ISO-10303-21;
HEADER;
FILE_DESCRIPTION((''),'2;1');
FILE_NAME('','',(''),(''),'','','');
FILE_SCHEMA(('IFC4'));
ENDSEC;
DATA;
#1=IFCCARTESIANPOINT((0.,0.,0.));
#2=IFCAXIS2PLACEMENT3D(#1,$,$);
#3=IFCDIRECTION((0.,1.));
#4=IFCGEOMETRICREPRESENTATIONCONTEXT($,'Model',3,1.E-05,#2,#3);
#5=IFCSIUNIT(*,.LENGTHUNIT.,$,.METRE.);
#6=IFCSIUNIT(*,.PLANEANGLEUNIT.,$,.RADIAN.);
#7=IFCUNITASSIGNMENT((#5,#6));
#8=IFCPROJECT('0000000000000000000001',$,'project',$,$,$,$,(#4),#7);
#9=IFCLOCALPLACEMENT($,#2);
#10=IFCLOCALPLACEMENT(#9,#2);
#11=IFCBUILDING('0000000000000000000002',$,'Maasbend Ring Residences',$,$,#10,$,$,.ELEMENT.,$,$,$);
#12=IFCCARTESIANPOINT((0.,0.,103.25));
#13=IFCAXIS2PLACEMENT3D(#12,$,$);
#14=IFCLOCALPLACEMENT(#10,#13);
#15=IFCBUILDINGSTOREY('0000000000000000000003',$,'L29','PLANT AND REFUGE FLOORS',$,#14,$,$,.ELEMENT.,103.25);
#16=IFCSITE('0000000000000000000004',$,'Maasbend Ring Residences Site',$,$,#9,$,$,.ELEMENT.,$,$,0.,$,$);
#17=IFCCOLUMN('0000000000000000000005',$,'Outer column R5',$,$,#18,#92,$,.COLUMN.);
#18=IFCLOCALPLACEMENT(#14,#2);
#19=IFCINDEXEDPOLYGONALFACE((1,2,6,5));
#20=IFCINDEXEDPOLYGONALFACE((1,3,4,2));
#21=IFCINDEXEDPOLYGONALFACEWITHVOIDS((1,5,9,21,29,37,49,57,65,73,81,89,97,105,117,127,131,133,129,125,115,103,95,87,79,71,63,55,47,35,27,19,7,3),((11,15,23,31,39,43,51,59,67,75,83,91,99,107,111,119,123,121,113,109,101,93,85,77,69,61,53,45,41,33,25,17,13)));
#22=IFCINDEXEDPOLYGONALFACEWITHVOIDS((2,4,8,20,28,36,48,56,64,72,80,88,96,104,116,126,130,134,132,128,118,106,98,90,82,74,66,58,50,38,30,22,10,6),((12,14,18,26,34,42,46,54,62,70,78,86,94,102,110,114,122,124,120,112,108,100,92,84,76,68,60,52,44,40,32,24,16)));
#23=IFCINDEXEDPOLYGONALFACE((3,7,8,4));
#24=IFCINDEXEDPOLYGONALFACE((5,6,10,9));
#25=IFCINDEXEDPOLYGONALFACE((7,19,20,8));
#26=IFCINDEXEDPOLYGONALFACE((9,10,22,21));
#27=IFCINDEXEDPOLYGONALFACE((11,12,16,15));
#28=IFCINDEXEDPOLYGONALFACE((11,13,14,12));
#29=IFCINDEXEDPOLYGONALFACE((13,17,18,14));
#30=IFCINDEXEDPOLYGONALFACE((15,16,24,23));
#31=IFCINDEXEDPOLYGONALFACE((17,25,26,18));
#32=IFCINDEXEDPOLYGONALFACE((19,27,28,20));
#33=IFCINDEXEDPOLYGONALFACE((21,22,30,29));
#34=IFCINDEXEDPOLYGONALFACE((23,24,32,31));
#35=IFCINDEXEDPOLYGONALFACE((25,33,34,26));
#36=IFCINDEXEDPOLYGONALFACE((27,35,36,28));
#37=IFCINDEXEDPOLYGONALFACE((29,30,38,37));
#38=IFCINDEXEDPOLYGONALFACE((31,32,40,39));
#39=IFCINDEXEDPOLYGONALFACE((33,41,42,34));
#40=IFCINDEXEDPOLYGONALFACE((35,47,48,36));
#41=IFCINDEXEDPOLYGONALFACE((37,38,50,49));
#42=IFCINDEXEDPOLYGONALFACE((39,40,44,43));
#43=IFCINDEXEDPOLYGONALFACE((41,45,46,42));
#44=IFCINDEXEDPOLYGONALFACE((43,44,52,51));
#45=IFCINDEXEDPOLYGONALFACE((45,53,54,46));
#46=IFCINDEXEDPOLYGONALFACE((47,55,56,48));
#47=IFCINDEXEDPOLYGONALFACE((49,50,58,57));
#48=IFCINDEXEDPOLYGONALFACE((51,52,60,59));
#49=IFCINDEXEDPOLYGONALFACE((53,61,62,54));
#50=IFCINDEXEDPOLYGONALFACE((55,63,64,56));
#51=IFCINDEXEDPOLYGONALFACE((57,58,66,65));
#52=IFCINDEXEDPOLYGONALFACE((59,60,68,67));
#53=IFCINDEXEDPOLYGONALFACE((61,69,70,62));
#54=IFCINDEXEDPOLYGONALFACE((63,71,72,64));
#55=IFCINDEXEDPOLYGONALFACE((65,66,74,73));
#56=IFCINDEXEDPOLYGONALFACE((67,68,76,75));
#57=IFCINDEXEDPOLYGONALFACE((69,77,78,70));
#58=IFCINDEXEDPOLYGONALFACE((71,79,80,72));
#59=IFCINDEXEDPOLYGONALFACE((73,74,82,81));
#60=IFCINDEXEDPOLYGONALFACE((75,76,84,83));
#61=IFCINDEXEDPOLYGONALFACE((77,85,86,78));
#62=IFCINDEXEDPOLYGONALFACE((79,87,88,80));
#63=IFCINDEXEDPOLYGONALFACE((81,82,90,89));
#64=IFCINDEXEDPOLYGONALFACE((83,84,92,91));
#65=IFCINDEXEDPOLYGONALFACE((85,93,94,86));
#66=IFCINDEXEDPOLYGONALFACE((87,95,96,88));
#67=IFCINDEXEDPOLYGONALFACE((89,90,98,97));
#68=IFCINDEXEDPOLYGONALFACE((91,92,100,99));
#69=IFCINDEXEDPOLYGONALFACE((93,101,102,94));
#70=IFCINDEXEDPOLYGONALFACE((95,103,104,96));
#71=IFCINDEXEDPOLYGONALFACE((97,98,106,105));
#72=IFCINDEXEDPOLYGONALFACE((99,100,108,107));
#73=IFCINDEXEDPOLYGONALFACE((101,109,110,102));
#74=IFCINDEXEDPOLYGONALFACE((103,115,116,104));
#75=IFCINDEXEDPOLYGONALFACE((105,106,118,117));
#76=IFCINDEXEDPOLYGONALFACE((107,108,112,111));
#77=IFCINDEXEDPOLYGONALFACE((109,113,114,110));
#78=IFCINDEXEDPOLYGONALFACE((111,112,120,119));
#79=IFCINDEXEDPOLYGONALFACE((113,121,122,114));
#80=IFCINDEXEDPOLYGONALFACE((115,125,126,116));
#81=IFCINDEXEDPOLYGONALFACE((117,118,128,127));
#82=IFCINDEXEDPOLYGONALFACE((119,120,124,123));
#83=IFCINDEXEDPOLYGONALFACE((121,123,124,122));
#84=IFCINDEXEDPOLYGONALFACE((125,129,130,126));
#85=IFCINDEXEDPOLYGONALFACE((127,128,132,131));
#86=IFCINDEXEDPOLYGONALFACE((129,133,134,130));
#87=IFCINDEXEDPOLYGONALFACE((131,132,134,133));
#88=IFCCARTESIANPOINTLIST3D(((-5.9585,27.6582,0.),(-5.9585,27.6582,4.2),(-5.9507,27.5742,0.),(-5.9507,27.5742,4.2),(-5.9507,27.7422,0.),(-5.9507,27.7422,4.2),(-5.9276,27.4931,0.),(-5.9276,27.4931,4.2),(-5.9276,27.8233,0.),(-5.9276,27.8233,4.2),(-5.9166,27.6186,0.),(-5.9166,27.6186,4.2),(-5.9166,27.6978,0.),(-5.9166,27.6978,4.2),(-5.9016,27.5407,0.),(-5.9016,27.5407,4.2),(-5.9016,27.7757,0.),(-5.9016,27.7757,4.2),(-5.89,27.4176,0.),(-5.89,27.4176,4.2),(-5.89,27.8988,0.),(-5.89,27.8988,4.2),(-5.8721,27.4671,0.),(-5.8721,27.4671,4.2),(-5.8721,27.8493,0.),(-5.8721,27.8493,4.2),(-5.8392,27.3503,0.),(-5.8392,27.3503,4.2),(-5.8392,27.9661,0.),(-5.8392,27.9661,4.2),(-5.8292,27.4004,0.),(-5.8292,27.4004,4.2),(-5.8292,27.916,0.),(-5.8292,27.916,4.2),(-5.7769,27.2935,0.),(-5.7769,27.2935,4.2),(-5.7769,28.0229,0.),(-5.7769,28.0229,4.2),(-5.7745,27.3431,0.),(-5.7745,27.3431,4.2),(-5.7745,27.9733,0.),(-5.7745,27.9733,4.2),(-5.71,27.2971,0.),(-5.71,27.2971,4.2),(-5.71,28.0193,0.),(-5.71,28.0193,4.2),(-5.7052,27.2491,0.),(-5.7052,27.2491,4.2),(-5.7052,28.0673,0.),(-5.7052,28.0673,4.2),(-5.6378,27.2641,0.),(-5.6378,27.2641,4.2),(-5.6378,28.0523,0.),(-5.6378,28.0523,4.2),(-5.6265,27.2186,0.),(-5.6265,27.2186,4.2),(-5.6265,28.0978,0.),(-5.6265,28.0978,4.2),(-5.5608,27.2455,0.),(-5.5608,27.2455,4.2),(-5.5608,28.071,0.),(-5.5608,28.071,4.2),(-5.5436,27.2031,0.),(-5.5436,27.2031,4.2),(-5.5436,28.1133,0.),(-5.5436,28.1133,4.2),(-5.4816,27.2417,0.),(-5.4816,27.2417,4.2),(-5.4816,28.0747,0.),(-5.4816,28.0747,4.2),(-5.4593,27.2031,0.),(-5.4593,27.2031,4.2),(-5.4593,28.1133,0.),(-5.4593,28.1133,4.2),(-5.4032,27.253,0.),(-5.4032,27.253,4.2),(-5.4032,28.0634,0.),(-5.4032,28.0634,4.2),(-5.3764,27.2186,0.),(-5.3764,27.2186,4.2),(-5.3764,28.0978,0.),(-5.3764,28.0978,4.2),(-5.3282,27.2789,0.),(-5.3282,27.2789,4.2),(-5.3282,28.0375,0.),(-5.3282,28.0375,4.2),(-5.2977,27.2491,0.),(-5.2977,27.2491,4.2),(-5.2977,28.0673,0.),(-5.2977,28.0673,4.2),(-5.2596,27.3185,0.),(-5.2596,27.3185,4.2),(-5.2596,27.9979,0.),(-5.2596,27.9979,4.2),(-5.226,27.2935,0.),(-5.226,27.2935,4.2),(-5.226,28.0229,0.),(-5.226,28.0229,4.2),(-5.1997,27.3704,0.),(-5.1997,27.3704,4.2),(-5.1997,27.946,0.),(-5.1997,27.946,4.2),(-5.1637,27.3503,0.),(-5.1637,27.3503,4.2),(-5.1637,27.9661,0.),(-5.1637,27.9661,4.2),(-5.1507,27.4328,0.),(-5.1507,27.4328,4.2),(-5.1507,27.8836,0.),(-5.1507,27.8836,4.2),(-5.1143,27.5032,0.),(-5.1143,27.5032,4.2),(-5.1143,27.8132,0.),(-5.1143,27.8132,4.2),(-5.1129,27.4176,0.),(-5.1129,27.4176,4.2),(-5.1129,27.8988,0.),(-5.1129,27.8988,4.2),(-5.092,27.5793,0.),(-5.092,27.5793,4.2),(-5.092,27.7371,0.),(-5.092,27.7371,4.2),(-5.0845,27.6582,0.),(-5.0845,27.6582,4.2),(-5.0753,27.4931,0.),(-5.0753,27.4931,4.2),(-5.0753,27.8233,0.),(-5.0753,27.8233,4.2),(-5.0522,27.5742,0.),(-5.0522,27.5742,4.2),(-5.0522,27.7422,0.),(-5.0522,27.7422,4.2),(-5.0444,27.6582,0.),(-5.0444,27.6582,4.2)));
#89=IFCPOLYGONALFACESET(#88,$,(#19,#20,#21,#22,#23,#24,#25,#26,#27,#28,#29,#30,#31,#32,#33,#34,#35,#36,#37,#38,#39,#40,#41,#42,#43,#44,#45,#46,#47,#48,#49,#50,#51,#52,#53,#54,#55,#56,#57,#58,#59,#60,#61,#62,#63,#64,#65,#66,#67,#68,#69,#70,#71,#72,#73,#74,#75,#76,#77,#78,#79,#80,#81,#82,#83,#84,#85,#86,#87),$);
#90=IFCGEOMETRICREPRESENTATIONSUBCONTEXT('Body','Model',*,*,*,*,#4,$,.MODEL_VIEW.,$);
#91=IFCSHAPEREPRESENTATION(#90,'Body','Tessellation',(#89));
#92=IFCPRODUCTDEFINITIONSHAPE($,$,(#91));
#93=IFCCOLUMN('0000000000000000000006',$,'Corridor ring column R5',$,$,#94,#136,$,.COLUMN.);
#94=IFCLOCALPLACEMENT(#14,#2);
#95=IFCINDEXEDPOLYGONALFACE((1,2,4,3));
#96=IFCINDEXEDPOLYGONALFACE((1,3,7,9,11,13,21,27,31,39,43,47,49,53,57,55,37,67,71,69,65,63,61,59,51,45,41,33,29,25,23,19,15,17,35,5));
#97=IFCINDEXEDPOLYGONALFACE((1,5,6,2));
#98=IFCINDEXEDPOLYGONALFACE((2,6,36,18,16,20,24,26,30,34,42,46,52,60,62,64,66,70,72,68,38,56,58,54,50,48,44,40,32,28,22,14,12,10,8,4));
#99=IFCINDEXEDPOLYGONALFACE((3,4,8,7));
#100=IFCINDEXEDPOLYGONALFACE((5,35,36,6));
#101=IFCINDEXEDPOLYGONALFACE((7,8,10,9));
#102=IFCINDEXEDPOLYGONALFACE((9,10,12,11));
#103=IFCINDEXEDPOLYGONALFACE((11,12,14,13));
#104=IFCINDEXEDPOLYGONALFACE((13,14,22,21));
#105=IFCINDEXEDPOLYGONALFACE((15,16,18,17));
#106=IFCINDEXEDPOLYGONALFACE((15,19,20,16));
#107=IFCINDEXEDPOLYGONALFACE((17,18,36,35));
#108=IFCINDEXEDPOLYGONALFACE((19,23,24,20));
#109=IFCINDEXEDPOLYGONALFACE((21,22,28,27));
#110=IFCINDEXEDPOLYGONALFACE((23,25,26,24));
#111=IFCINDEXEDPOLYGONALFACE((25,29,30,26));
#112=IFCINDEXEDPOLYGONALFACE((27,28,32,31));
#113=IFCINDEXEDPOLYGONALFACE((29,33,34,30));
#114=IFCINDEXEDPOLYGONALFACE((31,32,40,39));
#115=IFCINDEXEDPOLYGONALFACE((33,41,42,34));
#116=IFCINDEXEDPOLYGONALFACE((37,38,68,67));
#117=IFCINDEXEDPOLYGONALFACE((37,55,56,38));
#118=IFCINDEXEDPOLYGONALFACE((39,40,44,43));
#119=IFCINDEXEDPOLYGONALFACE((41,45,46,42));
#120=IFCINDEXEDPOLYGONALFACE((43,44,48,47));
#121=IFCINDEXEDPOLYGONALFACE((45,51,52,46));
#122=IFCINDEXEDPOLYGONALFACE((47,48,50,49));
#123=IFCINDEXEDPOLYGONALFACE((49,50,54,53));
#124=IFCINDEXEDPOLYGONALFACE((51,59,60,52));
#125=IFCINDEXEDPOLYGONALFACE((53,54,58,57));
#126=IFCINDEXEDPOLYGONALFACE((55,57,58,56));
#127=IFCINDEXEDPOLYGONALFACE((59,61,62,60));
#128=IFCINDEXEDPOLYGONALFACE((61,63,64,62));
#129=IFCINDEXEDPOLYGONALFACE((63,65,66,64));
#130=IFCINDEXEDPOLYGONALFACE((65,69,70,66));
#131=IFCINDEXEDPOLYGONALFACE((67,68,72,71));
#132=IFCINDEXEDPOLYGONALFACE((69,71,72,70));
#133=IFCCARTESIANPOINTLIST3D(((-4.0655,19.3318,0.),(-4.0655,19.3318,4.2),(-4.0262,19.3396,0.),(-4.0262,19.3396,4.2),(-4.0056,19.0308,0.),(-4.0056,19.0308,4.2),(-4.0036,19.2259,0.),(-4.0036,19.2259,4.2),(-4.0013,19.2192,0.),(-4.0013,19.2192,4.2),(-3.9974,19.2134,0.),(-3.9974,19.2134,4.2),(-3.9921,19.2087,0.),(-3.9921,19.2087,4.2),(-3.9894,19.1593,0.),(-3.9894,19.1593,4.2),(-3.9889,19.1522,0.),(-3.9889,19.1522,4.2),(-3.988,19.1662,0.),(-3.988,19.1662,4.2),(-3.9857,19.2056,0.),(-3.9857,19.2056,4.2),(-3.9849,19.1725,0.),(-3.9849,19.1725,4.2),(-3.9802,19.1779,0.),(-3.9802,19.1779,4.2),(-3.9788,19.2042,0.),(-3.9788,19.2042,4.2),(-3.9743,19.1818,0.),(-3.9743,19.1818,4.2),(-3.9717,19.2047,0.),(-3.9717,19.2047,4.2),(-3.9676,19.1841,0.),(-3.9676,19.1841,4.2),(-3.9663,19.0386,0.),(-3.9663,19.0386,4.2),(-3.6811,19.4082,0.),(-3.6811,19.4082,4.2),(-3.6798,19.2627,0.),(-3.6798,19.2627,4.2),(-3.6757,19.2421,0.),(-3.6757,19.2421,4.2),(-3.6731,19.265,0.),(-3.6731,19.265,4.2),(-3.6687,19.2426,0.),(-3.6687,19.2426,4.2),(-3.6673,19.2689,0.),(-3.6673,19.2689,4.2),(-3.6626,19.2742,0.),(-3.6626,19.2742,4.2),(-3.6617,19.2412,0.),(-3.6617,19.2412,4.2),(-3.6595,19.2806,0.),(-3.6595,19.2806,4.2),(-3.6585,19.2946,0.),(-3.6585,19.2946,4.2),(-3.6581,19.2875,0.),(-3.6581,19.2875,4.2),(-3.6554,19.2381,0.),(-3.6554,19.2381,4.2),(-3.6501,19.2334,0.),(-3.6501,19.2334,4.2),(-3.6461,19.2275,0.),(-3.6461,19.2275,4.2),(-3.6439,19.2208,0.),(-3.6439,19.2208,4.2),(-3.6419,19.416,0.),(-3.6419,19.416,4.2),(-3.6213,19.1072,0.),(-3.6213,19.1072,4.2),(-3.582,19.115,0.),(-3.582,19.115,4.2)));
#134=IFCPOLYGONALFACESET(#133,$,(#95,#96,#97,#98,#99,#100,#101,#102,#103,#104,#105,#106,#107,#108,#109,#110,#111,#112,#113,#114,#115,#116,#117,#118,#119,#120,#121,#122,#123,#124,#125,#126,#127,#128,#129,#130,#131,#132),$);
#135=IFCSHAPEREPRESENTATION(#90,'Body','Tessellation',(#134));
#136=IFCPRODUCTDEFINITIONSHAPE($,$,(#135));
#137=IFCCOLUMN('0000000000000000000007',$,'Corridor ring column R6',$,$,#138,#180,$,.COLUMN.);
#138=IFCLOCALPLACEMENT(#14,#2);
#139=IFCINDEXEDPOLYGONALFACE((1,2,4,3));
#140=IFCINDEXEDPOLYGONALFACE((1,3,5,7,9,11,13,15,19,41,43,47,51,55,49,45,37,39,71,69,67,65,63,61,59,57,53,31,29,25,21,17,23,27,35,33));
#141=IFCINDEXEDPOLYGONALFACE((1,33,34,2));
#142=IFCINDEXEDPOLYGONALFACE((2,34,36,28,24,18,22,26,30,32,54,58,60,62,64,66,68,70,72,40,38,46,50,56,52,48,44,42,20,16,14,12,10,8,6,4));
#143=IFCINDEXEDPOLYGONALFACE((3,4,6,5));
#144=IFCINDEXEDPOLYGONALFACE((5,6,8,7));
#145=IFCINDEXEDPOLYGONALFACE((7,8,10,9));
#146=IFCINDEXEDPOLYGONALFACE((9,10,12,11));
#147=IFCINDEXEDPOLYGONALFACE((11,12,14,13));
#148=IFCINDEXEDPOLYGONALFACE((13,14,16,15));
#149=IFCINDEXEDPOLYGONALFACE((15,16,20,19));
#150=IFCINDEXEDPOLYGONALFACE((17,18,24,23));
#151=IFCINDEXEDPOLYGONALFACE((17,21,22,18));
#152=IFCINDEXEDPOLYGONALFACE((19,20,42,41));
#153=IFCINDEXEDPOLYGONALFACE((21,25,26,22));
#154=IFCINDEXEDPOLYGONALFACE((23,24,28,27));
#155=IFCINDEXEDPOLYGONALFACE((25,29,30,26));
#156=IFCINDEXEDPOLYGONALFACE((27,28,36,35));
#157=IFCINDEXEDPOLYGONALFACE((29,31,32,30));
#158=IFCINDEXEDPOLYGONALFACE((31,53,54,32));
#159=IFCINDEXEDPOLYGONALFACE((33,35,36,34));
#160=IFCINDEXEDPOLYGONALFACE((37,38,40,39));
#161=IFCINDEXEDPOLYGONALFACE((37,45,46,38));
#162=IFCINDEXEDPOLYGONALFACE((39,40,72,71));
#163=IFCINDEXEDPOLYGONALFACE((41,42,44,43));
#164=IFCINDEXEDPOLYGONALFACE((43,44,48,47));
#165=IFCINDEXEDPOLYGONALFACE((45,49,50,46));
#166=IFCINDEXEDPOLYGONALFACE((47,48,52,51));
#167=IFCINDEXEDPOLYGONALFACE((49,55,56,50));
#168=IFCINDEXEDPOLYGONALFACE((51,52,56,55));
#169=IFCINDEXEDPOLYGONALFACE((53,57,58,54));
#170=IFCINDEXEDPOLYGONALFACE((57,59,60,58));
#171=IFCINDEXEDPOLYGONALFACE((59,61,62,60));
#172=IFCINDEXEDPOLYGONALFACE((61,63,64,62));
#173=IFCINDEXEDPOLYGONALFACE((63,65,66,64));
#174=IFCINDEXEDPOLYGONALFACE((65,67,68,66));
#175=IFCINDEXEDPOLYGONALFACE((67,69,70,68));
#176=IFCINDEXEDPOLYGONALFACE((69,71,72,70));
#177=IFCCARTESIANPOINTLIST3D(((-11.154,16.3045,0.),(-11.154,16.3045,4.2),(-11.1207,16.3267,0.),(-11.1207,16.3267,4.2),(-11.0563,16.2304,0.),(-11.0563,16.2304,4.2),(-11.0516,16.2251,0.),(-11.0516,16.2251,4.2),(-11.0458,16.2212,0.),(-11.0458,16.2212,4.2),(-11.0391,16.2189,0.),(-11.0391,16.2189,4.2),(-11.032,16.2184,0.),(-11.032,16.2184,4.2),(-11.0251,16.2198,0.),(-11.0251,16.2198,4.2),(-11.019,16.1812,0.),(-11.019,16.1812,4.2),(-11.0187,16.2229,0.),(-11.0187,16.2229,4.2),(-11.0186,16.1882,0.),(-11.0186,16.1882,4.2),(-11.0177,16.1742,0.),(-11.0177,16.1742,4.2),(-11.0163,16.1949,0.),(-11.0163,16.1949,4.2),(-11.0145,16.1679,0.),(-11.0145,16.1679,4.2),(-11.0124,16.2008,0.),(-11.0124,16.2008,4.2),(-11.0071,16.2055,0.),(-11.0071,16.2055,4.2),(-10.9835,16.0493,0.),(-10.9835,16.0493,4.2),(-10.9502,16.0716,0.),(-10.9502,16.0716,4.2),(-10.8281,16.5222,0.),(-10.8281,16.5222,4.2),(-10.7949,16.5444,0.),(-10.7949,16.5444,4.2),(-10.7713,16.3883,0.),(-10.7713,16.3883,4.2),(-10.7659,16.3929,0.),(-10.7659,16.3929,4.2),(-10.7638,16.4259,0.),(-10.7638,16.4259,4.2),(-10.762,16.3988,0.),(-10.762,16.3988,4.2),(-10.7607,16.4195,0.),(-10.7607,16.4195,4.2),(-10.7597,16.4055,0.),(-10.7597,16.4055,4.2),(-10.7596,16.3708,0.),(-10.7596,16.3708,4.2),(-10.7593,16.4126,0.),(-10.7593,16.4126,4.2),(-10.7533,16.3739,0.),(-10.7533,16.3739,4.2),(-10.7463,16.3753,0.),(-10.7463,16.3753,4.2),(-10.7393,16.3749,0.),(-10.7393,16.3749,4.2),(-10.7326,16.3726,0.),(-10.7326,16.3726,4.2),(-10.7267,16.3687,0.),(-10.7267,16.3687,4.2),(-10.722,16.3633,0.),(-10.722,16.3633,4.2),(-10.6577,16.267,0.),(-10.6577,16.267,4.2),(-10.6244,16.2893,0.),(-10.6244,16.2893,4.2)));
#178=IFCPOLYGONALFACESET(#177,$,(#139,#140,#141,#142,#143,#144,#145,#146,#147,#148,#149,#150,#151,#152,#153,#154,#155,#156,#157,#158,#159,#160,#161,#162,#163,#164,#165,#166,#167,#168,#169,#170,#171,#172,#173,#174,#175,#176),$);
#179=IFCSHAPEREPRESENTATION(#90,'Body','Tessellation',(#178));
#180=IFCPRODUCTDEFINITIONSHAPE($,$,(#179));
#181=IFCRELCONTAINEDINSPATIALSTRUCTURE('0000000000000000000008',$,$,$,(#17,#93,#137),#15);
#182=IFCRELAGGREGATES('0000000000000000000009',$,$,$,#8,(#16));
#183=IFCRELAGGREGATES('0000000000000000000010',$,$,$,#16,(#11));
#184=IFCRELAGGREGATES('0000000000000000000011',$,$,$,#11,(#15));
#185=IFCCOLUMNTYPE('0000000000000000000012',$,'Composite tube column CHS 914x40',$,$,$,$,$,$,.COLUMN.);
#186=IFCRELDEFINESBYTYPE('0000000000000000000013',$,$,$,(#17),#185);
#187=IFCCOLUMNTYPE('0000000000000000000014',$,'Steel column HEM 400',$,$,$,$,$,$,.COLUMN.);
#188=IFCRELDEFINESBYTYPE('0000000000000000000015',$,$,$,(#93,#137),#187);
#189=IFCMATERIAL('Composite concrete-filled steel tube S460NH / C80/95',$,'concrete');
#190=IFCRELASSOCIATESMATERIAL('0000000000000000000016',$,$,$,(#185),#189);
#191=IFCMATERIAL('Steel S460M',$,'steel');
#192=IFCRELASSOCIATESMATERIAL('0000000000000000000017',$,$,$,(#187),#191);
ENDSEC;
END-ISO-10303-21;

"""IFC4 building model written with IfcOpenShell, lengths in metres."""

from ifc_helpers import new_model, si_unit, direction, frame, origin, origin_2d, place, context, subcontext, project, spatial, hollow_circle, i_section, extrude, material, material_profile, profile_set, type_object, element, save


model = new_model("IFC4")

# Units and contexts
model_context = context("Model", 3, precision=1e-05, world=origin(), true_north=direction((0.0, 1.0)))
body_context = subcontext(model_context, "Body", "Model", "MODEL_VIEW")
ifc_project = project(units=[si_unit("LENGTHUNIT", "METRE"), si_unit("PLANEANGLEUNIT", "RADIAN")], contexts=[model_context])

# Site, building, storey
site_placement = place(None, origin())
site = spatial("IfcSite", under=ifc_project, at=site_placement, Name="Maasbend Ring Residences Site", CompositionType="ELEMENT", RefElevation=0.0)
building_placement = place(site_placement, origin())
building = spatial("IfcBuilding", under=site, at=building_placement, Name="Maasbend Ring Residences", CompositionType="ELEMENT")
storey_placement = place(building_placement, frame((0.0, 0.0, 103.25)))
storey = spatial("IfcBuildingStorey", under=building, at=storey_placement, Name="L29", Description="PLANT AND REFUGE FLOORS", CompositionType="ELEMENT", Elevation=103.25)

# Columns
ifc_material_1 = material(Name="Composite concrete-filled steel tube S460NH / C80/95", Category="concrete")
ifc_material_profile_1 = material_profile(ifc_material_1, hollow_circle(Radius=0.457, WallThickness=0.04, at=origin_2d()), Name="Composite tube column CHS 914x40")
ifc_profile_set_1 = profile_set([ifc_material_profile_1], Name="Composite concrete-filled steel tube S460NH / C80/95")
column_type_1 = type_object("IfcColumnType", Name="Composite tube column CHS 914x40", PredefinedType="COLUMN", material=ifc_profile_set_1)
column_placement = place(storey_placement, frame((-5.5015, 27.6582, 0.0), z_axis=(0.0, 0.0, 1.0), x_axis=(1.0, 0.0, 0.0)))
element("IfcColumn", 1, at=column_placement, inside=storey, type_object=column_type_1, Name="Outer column R5", PredefinedType="COLUMN", context=body_context, shape_type="SweptSolid", body=[
    extrude(hollow_circle(Radius=0.457, WallThickness=0.04, at=origin_2d()), origin(), (0.0, 0.0, 1.0), 4.2),
])
ifc_material_2 = material(Name="Steel S460M", Category="steel")
ifc_material_profile_2 = material_profile(ifc_material_2, i_section(OverallWidth=0.3069, OverallDepth=0.4319, WebThickness=0.021, FlangeThickness=0.04, FilletRadius=0.0271, at=origin_2d()), Name="HEM 400")
ifc_profile_set_2 = profile_set([ifc_material_profile_2], Name="Steel S460M")
column_type_2 = type_object("IfcColumnType", Name="Steel column HEM 400", PredefinedType="COLUMN", material=ifc_profile_set_2)
for number, where, z_axis, x_axis, name in (
    (2, (-3.8237, 19.2234, 0.0), (0.0, 0.0, 1.0), (-0.19509, 0.980785, 0.0), "Corridor ring column R5"),
    (3, (-10.8892, 16.2969, 0.0), (0.0, 0.0, 1.0), (-0.55557, 0.83147, 0.0), "Corridor ring column R6"),
):
    element("IfcColumn", number, at=place(storey_placement, frame(where, z_axis=z_axis, x_axis=x_axis)), inside=storey, type_object=column_type_2, Name=name, PredefinedType="COLUMN", context=body_context, shape_type="SweptSolid", body=[
        extrude(i_section(OverallWidth=0.3069, OverallDepth=0.4319, WebThickness=0.021, FlangeThickness=0.04, FilletRadius=0.0271, at=origin_2d()), origin(), (0.0, 0.0, 1.0), 4.2),
    ])

save(model, "model.ifc")
